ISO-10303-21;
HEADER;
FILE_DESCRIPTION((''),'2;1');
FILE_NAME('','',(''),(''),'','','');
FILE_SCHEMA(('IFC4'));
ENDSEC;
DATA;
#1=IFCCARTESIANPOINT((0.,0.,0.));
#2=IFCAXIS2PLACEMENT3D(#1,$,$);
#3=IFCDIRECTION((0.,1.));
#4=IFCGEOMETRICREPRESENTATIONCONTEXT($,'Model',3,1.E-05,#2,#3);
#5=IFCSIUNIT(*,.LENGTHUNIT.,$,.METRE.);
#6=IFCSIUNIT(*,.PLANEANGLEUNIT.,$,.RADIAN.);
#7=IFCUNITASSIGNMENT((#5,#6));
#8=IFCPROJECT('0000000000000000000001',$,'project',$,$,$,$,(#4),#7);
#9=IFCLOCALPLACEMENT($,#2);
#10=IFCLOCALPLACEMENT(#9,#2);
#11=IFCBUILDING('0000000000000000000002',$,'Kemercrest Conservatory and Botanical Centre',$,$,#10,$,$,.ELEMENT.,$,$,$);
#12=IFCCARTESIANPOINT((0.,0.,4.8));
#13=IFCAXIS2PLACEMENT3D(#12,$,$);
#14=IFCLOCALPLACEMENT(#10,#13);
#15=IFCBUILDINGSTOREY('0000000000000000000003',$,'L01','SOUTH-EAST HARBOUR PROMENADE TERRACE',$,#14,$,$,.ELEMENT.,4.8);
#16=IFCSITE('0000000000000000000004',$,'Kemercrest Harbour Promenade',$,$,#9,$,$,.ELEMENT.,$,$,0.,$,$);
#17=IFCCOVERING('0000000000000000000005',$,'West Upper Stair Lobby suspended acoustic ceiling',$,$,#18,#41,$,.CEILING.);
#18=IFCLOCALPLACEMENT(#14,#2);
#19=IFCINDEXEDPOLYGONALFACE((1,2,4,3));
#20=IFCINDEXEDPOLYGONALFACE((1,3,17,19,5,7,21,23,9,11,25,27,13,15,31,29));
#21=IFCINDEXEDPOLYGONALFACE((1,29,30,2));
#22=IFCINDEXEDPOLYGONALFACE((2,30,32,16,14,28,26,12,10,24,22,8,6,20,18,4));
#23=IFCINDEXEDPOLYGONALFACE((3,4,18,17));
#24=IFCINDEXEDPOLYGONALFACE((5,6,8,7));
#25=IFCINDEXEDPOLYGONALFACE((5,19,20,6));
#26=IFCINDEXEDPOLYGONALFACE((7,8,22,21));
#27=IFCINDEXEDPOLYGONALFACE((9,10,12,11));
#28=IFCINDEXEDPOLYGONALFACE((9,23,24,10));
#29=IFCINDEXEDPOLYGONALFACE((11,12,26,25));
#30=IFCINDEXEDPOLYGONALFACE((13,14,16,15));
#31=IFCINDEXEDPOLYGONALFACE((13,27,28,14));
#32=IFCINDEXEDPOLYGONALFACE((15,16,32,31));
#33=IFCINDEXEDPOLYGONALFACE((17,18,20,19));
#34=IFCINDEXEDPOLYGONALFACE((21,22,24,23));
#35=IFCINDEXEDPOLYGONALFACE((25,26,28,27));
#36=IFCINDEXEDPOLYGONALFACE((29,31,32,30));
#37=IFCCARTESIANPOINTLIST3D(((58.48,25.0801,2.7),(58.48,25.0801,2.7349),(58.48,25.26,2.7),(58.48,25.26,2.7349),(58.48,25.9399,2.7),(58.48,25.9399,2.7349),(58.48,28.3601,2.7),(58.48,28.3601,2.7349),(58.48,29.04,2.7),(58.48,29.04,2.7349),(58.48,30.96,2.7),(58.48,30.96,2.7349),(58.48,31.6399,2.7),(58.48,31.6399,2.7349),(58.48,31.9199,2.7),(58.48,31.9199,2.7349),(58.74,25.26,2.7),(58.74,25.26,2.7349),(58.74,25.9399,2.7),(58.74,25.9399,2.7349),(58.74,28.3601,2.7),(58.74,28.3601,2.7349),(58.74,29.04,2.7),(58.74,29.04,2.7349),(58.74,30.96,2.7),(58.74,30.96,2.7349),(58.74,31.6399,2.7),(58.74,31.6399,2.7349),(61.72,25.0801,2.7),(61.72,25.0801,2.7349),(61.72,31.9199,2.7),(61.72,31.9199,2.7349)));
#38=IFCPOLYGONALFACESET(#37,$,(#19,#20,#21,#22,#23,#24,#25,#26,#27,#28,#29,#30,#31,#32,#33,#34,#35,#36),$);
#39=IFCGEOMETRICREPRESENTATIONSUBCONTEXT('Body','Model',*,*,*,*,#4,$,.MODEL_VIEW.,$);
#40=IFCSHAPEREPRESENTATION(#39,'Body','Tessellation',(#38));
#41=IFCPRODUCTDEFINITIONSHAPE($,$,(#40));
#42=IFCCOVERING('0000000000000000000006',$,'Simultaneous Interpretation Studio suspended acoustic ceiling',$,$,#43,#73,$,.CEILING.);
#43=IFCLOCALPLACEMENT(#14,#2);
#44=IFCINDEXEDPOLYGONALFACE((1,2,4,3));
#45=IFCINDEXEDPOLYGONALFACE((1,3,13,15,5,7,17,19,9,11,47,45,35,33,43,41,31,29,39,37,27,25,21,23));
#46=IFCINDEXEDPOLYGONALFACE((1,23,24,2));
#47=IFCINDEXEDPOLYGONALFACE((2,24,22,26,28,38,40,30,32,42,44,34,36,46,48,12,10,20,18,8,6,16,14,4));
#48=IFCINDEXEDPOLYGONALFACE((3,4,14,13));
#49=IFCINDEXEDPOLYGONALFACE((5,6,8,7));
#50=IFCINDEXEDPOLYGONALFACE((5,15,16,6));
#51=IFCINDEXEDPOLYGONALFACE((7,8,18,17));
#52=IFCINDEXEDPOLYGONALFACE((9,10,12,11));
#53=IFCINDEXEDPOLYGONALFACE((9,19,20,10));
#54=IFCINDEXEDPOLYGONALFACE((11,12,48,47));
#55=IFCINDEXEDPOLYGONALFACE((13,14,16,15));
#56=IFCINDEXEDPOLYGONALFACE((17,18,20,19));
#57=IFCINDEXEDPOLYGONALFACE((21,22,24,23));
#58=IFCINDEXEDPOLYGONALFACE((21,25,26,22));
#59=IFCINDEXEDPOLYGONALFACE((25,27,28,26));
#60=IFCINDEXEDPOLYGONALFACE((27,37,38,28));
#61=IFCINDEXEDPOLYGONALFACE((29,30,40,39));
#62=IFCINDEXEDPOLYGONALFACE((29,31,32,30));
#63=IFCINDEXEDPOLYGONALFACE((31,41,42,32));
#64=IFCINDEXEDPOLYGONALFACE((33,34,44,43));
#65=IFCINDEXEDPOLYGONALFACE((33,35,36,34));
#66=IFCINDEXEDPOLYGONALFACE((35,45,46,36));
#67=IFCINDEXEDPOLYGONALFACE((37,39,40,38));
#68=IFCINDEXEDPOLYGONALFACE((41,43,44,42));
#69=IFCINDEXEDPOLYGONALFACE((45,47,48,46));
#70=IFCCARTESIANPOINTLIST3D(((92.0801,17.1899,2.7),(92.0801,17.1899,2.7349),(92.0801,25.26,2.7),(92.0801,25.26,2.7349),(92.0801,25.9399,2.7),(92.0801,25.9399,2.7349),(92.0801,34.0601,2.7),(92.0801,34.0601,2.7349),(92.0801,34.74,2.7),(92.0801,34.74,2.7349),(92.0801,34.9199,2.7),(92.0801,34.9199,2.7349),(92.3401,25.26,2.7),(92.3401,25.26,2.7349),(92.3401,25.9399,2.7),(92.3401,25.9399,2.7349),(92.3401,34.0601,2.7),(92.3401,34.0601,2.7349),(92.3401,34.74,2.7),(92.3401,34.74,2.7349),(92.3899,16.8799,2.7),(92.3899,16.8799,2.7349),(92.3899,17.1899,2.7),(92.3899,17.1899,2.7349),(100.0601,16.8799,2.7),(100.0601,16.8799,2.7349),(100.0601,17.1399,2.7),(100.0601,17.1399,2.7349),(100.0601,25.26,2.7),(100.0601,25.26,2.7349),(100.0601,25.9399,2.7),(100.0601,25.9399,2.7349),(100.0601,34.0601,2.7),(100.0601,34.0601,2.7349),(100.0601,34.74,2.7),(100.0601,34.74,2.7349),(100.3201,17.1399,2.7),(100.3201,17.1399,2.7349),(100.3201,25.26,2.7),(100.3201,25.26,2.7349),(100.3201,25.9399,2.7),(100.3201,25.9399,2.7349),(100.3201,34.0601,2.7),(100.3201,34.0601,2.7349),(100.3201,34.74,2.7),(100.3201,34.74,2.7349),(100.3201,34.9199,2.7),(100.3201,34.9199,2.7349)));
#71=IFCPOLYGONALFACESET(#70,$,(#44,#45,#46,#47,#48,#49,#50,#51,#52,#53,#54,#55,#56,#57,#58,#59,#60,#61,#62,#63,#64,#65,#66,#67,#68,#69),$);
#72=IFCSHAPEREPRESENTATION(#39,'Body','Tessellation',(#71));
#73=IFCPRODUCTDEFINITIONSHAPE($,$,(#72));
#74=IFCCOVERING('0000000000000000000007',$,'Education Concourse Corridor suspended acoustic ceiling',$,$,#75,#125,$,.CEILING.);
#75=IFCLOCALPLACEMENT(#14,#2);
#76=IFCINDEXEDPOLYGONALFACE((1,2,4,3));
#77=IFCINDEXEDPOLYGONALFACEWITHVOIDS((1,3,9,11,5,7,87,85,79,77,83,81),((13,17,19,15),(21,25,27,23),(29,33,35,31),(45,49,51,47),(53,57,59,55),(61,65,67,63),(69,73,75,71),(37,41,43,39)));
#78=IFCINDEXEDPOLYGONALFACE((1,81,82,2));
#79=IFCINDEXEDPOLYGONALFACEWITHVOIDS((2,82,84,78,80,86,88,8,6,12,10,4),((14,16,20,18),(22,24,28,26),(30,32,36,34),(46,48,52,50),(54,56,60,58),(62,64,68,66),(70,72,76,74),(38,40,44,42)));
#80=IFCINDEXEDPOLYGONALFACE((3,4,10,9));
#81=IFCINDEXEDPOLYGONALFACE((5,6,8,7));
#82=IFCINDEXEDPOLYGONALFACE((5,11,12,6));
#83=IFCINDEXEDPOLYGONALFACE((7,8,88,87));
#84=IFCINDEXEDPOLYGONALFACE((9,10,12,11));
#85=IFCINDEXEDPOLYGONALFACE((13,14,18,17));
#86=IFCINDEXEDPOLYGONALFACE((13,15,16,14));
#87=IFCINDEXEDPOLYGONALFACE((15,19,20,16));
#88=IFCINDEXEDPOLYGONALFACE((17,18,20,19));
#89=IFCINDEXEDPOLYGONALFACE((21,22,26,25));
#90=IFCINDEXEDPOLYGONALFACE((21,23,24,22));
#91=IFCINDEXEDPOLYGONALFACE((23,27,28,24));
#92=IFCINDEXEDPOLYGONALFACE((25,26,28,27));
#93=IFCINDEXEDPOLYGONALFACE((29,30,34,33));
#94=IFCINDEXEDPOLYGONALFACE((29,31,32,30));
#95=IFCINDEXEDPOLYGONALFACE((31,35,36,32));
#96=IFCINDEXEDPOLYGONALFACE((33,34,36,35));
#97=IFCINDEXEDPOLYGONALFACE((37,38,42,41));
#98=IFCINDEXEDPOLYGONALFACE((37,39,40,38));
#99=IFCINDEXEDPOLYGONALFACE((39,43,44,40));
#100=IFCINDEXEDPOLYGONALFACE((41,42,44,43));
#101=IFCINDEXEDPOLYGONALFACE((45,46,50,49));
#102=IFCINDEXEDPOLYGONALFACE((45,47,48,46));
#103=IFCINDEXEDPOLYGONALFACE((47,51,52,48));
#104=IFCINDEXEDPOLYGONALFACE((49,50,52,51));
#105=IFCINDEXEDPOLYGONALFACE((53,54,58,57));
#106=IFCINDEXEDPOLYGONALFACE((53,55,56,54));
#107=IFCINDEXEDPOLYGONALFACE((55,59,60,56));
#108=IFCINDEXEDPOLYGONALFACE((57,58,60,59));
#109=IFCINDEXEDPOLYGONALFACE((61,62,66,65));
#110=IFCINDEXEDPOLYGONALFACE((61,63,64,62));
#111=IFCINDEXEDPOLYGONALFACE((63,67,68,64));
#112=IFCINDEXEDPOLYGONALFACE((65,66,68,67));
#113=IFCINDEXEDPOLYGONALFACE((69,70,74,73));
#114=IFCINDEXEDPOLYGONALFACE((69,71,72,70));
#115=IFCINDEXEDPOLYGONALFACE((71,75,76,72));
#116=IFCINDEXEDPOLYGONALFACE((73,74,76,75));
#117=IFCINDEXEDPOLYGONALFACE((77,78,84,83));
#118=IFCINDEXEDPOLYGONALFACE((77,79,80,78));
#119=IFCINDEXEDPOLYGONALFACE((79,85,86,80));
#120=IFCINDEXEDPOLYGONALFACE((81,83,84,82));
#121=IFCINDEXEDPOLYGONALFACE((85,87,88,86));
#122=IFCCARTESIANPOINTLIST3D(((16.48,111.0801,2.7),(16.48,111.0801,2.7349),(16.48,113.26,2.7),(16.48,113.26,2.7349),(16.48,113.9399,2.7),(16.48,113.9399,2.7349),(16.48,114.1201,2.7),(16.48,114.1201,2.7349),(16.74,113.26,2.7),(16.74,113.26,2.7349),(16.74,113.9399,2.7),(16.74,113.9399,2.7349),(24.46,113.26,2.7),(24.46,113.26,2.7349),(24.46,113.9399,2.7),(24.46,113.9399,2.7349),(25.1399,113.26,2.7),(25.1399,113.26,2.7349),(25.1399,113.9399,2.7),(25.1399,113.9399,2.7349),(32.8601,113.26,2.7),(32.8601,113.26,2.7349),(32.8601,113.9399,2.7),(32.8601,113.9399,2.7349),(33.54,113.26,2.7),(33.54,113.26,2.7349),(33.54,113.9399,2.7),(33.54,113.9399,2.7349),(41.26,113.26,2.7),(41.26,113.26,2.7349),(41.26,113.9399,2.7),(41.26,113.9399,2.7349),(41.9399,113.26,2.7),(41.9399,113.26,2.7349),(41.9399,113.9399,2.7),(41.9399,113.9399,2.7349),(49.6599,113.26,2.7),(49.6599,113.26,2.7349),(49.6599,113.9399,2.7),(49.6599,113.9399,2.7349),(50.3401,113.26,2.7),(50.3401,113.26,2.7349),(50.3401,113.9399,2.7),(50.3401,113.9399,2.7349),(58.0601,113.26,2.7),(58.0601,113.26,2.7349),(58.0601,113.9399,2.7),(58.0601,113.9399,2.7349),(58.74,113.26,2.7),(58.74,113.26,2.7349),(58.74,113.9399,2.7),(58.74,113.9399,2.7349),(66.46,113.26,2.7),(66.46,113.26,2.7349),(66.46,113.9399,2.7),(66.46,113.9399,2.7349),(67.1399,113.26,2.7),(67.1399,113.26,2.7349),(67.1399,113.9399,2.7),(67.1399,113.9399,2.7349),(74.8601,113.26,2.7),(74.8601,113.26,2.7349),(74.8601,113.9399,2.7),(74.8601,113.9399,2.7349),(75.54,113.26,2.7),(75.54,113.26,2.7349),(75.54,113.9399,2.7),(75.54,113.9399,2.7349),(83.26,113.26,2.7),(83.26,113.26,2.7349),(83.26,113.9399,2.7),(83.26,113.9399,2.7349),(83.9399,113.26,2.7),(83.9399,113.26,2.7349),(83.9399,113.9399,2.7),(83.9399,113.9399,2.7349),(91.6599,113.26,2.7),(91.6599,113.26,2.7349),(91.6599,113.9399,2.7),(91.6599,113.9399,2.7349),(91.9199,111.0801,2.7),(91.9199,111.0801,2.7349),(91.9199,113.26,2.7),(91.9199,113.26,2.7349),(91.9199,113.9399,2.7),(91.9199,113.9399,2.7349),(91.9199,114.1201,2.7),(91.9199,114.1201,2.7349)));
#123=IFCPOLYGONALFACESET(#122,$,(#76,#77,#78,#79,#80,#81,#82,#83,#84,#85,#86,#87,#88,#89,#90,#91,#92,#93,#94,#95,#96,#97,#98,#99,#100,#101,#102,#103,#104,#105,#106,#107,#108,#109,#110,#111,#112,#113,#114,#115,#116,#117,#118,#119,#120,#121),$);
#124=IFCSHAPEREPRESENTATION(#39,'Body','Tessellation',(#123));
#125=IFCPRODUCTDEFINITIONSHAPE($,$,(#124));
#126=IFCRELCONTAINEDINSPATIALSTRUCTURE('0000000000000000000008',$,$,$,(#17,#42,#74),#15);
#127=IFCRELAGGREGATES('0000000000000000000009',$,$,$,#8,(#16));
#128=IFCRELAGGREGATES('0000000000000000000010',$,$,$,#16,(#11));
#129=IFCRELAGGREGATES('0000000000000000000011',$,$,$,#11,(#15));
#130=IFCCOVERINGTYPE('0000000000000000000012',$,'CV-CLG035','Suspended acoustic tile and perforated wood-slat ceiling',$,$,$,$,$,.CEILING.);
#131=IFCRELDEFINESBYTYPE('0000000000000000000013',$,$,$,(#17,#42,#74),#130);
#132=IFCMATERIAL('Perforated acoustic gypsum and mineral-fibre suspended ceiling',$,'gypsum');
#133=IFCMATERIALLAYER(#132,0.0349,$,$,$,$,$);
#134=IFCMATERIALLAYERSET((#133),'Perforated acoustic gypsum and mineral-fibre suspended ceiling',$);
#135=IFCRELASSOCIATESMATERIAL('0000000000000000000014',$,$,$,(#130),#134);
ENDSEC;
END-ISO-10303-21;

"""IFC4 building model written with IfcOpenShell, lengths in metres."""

from ifc_helpers import new_model, si_unit, direction, frame, origin, place, context, subcontext, project, spatial, polyline, outline, extrude, material, layer, layer_set, type_object, element, save


model = new_model("IFC4")

# Units and contexts
model_context = context("Model", 3, precision=1e-05, world=origin(), true_north=direction((0.0, 1.0)))
body_context = subcontext(model_context, "Body", "Model", "MODEL_VIEW")
ifc_project = project(units=[si_unit("LENGTHUNIT", "METRE"), si_unit("PLANEANGLEUNIT", "RADIAN")], contexts=[model_context])

# Site, building, storey
site_placement = place(None, origin())
site = spatial("IfcSite", under=ifc_project, at=site_placement, Name="Kemercrest Harbour Promenade", CompositionType="ELEMENT", RefElevation=0.0)
building_placement = place(site_placement, origin())
building = spatial("IfcBuilding", under=site, at=building_placement, Name="Kemercrest Conservatory and Botanical Centre", CompositionType="ELEMENT")
storey_placement = place(building_placement, frame((0.0, 0.0, 4.8)))
storey = spatial("IfcBuildingStorey", under=building, at=storey_placement, Name="L01", Description="SOUTH-EAST HARBOUR PROMENADE TERRACE", CompositionType="ELEMENT", Elevation=4.8)

# Coverings
ifc_material_1 = material(Name="Perforated acoustic gypsum and mineral-fibre suspended ceiling", Category="gypsum")
ifc_layer_1 = layer(ifc_material_1, 0.0349)
ifc_layer_set_1 = layer_set([ifc_layer_1], Name="Perforated acoustic gypsum and mineral-fibre suspended ceiling")
covering_type_1 = type_object("IfcCoveringType", Name="CV-CLG035", Description="Suspended acoustic tile and perforated wood-slat ceiling", PredefinedType="CEILING", material=ifc_layer_set_1)
covering_1_placement = place(storey_placement, frame((0.0, 0.0, 2.7)))
element("IfcCovering", 1, at=covering_1_placement, inside=storey, type_object=covering_type_1, Name="West Upper Stair Lobby suspended acoustic ceiling", PredefinedType="CEILING", context=body_context, shape_type="SweptSolid", body=[
    extrude(outline(polyline([(58.48, 25.0801), (61.72, 25.0801), (61.72, 31.9199), (58.48, 31.9199), (58.48, 31.6399), (58.74, 31.6399), (58.74, 30.96), (58.48, 30.96), (58.48, 29.04), (58.74, 29.04), (58.74, 28.3601), (58.48, 28.3601), (58.48, 25.9399), (58.74, 25.9399), (58.74, 25.26), (58.48, 25.26), (58.48, 25.0801)])), origin(), (0.0, 0.0, 1.0), 0.0349),
])
covering_2_placement = place(storey_placement, frame((0.0, 0.0, 2.7)))
element("IfcCovering", 2, at=covering_2_placement, inside=storey, type_object=covering_type_1, Name="Simultaneous Interpretation Studio suspended acoustic ceiling", PredefinedType="CEILING", context=body_context, shape_type="SweptSolid", body=[
    extrude(outline(polyline([(92.3899, 16.8799), (100.0601, 16.8799), (100.0601, 17.1399), (100.3201, 17.1399), (100.3201, 25.26), (100.0601, 25.26), (100.0601, 25.9399), (100.3201, 25.9399), (100.3201, 34.0601), (100.0601, 34.0601), (100.0601, 34.74), (100.3201, 34.74), (100.3201, 34.9199), (92.0801, 34.9199), (92.0801, 34.74), (92.3401, 34.74), (92.3401, 34.0601), (92.0801, 34.0601), (92.0801, 25.9399), (92.3401, 25.9399), (92.3401, 25.26), (92.0801, 25.26), (92.0801, 17.1899), (92.3899, 17.1899), (92.3899, 16.8799)])), origin(), (0.0, 0.0, 1.0), 0.0349),
])
covering_3_placement = place(storey_placement, frame((0.0, 0.0, 2.7)))
element("IfcCovering", 3, at=covering_3_placement, inside=storey, type_object=covering_type_1, Name="Education Concourse Corridor suspended acoustic ceiling", PredefinedType="CEILING", context=body_context, shape_type="SweptSolid", body=[
    extrude(outline(polyline([(16.74, 113.26), (16.48, 113.26), (16.48, 111.0801), (91.9199, 111.0801), (91.9199, 113.26), (91.6599, 113.26), (91.6599, 113.9399), (91.9199, 113.9399), (91.9199, 114.1201), (16.48, 114.1201), (16.48, 113.9399), (16.74, 113.9399), (16.74, 113.26)]), holes=[polyline([(83.9399, 113.26), (83.26, 113.26), (83.26, 113.9399), (83.9399, 113.9399), (83.9399, 113.26)]), polyline([(74.8601, 113.26), (74.8601, 113.9399), (75.54, 113.9399), (75.54, 113.26), (74.8601, 113.26)]), polyline([(67.1399, 113.26), (66.46, 113.26), (66.46, 113.9399), (67.1399, 113.9399), (67.1399, 113.26)]), polyline([(58.74, 113.26), (58.0601, 113.26), (58.0601, 113.9399), (58.74, 113.9399), (58.74, 113.26)]), polyline([(50.3401, 113.26), (49.6599, 113.26), (49.6599, 113.9399), (50.3401, 113.9399), (50.3401, 113.26)]), polyline([(41.9399, 113.26), (41.26, 113.26), (41.26, 113.9399), (41.9399, 113.9399), (41.9399, 113.26)]), polyline([(33.54, 113.26), (32.8601, 113.26), (32.8601, 113.9399), (33.54, 113.9399), (33.54, 113.26)]), polyline([(24.46, 113.26), (24.46, 113.9399), (25.1399, 113.9399), (25.1399, 113.26), (24.46, 113.26)])]), origin(), (0.0, 0.0, 1.0), 0.0349),
])

save(model, "model.ifc")
